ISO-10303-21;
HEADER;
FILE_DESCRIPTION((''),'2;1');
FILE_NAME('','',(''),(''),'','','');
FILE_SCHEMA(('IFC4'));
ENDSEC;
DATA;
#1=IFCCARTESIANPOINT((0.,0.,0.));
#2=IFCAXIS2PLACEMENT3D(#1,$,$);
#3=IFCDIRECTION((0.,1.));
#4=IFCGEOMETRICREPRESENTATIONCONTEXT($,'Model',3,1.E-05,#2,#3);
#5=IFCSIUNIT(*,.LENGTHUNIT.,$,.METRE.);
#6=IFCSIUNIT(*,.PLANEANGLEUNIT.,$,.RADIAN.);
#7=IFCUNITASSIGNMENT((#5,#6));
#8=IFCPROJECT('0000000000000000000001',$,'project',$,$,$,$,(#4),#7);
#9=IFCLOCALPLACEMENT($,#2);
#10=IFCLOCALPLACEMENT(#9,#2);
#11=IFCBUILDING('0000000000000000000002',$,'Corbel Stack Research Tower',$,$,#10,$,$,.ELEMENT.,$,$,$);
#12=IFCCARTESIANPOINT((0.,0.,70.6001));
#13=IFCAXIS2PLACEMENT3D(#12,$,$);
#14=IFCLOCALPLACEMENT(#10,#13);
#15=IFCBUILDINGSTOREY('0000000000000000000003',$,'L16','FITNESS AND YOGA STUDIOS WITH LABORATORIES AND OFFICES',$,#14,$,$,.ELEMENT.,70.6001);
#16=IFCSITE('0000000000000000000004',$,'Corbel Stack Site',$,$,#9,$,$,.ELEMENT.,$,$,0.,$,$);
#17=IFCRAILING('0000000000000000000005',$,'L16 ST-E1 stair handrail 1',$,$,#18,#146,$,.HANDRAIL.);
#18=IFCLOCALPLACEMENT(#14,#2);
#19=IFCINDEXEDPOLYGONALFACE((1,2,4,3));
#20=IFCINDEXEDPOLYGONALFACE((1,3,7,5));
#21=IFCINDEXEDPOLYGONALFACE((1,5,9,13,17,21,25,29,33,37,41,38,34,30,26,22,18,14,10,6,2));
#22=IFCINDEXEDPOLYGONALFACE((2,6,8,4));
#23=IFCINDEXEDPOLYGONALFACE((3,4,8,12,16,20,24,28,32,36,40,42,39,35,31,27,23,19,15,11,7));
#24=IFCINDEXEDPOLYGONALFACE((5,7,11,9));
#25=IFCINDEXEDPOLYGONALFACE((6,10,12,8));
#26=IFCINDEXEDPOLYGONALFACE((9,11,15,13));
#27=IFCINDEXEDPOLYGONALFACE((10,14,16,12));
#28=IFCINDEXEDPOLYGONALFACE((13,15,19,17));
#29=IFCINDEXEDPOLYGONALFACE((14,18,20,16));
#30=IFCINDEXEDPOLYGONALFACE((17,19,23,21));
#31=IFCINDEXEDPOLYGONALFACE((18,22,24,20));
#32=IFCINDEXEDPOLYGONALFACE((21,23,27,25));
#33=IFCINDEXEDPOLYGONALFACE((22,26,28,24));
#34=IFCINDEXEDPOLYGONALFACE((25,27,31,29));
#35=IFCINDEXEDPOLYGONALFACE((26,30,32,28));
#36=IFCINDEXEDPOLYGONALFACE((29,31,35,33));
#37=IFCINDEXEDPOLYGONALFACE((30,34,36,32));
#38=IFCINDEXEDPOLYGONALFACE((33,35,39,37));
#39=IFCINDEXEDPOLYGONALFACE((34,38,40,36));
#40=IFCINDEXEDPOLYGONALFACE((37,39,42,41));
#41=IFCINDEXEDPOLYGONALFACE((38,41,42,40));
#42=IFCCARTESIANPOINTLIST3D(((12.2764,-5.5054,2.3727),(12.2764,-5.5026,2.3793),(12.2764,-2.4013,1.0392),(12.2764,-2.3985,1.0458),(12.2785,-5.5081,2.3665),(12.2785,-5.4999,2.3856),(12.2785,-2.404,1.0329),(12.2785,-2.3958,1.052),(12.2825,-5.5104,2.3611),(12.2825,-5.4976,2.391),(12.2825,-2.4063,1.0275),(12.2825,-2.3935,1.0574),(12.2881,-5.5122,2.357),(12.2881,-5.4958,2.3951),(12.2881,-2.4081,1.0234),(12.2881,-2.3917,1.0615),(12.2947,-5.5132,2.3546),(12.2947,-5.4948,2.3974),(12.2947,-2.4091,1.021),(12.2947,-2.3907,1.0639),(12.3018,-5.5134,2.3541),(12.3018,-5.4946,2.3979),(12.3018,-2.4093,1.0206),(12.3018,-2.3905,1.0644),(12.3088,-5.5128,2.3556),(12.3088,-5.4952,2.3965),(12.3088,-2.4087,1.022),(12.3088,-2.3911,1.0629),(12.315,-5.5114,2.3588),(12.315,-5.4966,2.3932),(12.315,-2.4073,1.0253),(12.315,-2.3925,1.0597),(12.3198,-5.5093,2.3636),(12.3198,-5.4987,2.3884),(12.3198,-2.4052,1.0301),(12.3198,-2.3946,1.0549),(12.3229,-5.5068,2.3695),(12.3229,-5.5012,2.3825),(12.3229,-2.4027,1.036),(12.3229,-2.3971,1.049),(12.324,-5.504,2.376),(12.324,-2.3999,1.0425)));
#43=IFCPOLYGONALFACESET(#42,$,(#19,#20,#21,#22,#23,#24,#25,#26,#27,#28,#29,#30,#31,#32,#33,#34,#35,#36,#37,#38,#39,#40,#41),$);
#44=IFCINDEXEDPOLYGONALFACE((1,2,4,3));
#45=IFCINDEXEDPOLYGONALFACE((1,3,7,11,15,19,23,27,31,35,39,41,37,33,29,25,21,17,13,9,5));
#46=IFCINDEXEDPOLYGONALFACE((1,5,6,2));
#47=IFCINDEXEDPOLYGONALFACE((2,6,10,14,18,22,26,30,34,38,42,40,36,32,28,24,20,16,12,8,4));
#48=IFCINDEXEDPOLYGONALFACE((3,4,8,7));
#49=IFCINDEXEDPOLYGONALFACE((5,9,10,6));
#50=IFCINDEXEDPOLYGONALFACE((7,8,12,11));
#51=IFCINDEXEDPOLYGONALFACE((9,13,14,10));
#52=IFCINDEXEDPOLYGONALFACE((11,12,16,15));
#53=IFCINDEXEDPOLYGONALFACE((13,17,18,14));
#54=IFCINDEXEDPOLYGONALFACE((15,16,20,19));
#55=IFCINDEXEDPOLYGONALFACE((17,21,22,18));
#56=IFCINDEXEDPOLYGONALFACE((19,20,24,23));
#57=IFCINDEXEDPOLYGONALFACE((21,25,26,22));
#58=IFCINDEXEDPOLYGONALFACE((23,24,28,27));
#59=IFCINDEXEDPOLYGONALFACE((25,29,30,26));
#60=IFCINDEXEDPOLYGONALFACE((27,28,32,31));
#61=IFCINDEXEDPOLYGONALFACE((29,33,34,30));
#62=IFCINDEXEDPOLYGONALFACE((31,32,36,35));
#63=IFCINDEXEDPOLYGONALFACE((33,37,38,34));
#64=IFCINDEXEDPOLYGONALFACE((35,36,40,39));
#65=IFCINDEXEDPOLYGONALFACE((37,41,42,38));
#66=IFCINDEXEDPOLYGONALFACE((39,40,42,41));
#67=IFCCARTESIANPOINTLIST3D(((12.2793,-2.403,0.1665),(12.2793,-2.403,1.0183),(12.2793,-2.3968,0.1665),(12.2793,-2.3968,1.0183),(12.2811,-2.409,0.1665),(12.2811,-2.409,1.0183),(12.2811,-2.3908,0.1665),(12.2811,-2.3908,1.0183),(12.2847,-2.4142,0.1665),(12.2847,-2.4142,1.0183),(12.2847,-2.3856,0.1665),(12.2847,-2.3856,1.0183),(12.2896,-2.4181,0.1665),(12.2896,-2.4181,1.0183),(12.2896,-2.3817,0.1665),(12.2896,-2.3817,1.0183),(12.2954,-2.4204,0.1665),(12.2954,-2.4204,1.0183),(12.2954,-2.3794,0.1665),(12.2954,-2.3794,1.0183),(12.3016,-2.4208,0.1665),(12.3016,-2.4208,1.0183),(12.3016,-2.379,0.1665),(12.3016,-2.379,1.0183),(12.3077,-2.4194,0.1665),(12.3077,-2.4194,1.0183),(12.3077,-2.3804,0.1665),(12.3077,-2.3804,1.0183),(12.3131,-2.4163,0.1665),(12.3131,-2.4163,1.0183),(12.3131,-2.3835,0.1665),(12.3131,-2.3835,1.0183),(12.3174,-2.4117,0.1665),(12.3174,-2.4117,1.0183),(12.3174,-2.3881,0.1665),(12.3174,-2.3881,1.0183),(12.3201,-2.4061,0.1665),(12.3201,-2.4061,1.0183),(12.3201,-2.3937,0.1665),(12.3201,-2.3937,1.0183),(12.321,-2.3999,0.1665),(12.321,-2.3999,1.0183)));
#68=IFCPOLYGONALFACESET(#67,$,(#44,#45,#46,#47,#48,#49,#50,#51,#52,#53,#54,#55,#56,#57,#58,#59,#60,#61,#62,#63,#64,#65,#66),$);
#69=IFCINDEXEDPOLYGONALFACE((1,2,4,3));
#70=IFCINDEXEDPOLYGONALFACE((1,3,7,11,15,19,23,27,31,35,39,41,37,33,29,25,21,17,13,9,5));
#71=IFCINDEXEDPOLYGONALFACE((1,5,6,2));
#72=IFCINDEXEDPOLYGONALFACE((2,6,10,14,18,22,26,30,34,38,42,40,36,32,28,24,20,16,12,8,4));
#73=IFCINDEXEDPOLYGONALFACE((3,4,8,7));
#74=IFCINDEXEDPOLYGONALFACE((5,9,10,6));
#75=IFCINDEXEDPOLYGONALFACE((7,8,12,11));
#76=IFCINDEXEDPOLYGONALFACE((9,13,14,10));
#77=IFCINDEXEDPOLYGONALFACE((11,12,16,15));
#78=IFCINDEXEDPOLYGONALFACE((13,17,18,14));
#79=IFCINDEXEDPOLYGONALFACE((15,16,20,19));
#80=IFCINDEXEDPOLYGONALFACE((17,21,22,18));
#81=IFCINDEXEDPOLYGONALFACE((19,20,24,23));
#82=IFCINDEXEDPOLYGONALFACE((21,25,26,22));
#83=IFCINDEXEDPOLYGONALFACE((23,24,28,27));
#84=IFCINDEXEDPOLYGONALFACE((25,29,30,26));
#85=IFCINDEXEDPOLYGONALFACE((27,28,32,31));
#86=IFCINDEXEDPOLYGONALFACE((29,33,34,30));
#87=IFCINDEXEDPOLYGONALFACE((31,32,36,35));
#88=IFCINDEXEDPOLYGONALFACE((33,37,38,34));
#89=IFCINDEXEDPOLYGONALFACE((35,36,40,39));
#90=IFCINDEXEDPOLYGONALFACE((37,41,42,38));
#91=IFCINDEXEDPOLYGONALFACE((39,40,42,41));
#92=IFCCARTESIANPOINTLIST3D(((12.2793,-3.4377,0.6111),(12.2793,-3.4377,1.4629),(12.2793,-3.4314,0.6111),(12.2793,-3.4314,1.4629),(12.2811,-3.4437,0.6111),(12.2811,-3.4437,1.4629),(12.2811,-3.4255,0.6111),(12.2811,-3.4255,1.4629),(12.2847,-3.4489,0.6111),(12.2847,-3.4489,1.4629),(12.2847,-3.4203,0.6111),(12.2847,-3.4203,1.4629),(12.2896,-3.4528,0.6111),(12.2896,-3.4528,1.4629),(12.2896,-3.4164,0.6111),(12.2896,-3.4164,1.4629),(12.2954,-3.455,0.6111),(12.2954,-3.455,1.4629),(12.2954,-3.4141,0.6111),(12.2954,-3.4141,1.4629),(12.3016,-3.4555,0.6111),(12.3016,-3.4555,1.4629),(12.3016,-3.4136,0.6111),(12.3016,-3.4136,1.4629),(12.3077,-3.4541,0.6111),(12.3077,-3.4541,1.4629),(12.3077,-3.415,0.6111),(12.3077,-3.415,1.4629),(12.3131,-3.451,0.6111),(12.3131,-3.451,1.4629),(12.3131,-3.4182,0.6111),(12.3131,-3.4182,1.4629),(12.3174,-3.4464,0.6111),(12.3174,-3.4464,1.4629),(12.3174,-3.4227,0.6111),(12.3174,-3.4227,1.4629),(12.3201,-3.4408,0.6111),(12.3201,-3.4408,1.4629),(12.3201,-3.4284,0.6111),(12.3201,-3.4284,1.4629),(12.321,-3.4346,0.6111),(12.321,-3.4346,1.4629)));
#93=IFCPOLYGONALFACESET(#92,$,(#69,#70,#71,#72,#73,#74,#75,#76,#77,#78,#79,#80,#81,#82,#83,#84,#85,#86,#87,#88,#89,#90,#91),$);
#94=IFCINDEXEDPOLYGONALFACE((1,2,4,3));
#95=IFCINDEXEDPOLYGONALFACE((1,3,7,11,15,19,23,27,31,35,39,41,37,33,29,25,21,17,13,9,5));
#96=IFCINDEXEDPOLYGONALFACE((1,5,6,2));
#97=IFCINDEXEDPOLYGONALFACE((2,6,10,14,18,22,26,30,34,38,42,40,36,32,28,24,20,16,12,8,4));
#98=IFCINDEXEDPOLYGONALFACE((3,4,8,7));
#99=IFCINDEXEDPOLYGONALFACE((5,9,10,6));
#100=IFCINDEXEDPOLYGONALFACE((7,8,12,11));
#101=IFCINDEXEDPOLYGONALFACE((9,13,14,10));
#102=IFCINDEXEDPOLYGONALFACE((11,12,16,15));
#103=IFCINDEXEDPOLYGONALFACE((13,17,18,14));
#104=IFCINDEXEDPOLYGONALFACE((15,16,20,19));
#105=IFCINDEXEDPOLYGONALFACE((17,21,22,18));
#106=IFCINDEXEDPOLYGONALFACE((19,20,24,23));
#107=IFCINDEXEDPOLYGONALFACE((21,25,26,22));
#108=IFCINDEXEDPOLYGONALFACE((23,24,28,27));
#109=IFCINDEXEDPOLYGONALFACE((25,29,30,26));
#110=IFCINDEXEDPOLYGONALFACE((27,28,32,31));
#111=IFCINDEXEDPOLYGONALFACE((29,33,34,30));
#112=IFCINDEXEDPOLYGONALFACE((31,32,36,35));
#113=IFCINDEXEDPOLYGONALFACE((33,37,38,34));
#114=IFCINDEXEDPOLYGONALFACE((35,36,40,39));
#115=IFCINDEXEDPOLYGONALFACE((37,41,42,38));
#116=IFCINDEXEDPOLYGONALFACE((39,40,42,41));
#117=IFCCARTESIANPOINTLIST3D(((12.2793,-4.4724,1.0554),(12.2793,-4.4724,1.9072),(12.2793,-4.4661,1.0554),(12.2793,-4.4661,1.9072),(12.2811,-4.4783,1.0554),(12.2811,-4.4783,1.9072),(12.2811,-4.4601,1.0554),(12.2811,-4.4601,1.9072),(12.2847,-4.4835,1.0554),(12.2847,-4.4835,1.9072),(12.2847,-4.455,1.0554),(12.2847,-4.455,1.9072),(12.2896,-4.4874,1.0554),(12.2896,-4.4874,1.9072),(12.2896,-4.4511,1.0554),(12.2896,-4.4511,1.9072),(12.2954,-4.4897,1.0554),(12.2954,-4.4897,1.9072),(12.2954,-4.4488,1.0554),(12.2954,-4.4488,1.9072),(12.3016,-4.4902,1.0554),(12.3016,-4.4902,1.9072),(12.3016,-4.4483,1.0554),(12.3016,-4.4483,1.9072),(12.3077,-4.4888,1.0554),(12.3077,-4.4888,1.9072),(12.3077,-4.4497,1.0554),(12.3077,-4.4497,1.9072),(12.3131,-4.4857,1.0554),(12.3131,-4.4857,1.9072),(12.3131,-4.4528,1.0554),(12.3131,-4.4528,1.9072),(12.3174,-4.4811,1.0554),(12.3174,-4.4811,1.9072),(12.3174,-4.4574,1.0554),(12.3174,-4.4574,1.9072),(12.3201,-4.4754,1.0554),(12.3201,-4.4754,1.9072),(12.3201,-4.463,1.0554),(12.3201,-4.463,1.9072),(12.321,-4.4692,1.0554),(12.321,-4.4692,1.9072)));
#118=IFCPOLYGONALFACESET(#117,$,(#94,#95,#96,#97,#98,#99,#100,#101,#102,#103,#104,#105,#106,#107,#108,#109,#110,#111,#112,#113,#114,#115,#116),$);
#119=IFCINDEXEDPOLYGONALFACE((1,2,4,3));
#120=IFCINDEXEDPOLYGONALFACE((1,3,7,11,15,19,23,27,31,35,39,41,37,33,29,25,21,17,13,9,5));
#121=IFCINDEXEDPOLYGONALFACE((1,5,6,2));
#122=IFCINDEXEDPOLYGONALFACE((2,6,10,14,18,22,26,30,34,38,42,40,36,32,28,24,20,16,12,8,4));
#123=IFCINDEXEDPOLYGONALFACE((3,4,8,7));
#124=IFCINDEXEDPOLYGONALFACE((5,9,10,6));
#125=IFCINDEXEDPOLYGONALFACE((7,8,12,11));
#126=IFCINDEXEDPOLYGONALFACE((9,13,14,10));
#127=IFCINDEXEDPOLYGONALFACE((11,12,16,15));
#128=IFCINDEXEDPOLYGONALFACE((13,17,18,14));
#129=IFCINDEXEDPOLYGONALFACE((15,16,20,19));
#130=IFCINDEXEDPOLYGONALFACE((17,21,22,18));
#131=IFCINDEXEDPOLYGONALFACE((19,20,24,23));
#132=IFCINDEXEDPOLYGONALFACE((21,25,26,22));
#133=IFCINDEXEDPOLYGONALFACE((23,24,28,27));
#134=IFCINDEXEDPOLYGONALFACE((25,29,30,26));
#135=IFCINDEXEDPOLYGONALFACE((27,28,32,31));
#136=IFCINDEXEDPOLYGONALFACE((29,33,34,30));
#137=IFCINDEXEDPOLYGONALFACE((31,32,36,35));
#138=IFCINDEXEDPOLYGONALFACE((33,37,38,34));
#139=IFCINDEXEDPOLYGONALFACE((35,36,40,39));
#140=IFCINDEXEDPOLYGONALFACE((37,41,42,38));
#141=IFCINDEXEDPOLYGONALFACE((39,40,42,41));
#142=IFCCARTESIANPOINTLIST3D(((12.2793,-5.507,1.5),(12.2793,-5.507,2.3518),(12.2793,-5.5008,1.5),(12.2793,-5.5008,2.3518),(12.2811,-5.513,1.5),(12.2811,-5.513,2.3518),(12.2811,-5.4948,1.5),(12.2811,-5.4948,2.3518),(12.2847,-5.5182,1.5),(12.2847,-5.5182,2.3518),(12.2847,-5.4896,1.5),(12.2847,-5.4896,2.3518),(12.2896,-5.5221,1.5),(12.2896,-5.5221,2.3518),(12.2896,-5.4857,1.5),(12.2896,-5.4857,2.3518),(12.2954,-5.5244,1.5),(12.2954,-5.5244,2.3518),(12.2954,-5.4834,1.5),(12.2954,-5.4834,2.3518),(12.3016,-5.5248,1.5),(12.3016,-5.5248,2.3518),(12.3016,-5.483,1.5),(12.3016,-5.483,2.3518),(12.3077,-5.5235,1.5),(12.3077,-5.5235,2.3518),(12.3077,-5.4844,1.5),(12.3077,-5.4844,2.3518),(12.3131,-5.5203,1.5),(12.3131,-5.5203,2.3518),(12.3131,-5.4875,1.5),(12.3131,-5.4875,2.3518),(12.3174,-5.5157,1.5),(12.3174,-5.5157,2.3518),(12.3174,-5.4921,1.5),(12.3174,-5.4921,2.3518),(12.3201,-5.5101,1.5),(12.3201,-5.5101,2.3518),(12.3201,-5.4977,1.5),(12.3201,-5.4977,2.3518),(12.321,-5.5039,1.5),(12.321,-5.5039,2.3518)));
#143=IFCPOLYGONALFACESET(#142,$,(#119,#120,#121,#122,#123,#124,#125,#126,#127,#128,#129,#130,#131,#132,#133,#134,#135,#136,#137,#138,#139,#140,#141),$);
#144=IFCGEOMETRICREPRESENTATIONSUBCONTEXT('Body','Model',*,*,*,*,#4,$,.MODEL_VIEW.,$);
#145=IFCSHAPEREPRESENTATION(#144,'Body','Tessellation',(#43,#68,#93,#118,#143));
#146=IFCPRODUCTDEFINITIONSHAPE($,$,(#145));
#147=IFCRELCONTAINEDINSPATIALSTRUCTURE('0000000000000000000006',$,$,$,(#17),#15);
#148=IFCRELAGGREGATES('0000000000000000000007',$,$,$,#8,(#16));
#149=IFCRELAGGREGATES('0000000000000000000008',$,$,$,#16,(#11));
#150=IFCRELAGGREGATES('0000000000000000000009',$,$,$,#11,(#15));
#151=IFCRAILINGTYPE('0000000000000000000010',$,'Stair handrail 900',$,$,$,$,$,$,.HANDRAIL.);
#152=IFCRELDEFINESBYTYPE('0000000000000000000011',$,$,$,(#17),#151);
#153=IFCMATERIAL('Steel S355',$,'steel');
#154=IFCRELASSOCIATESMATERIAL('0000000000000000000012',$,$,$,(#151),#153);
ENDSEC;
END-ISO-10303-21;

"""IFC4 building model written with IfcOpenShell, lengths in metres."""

from ifc_helpers import new_model, si_unit, direction, frame, origin, origin_2d, place, context, subcontext, project, spatial, circle, extrude, material, type_object, element, save


model = new_model("IFC4")

# Units and contexts
model_context = context("Model", 3, precision=1e-05, world=origin(), true_north=direction((0.0, 1.0)))
body_context = subcontext(model_context, "Body", "Model", "MODEL_VIEW")
ifc_project = project(units=[si_unit("LENGTHUNIT", "METRE"), si_unit("PLANEANGLEUNIT", "RADIAN")], contexts=[model_context])

# Site, building, storey
site_placement = place(None, origin())
site = spatial("IfcSite", under=ifc_project, at=site_placement, Name="Corbel Stack Site", CompositionType="ELEMENT", RefElevation=0.0)
building_placement = place(site_placement, origin())
building = spatial("IfcBuilding", under=site, at=building_placement, Name="Corbel Stack Research Tower", CompositionType="ELEMENT")
storey_placement = place(building_placement, frame((0.0, 0.0, 70.6001)))
storey = spatial("IfcBuildingStorey", under=building, at=storey_placement, Name="L16", Description="FITNESS AND YOGA STUDIOS WITH LABORATORIES AND OFFICES", CompositionType="ELEMENT", Elevation=70.6001)

# Railing
ifc_material_1 = material(Name="Steel S355", Category="steel")
railing_type_1 = type_object("IfcRailingType", Name="Stair handrail 900", PredefinedType="HANDRAIL", material=ifc_material_1)
for number, where, name in (
    (1, (12.3, -2.3999, 0.1665), "L16 ST-E1 stair handrail 1"),
):
    element("IfcRailing", number, at=place(storey_placement, frame(where)), inside=storey, type_object=railing_type_1, Name=name, PredefinedType="HANDRAIL", context=body_context, shape_type="SweptSolid", body=[
        extrude(circle(Radius=0.0239, at=origin_2d()), frame((0.0, 0.0, 0.876), z_axis=(0.0, -0.918801, 0.394722), x_axis=(1.0, 0.0, 0.0)), (0.0, 0.0, 1.0), 3.3784),
        extrude(circle(Radius=0.021, at=origin_2d()), origin(), (0.0, 0.0, 1.0), 0.8518),
        extrude(circle(Radius=0.021, at=origin_2d()), frame((0.0, -1.0347, 0.4446)), (0.0, 0.0, 1.0), 0.8518),
        extrude(circle(Radius=0.021, at=origin_2d()), frame((0.0, -2.0693, 0.8889)), (0.0, 0.0, 1.0), 0.8518),
        extrude(circle(Radius=0.021, at=origin_2d()), frame((0.0, -3.104, 1.3335)), (0.0, 0.0, 1.0), 0.8518),
    ])

save(model, "model.ifc")
